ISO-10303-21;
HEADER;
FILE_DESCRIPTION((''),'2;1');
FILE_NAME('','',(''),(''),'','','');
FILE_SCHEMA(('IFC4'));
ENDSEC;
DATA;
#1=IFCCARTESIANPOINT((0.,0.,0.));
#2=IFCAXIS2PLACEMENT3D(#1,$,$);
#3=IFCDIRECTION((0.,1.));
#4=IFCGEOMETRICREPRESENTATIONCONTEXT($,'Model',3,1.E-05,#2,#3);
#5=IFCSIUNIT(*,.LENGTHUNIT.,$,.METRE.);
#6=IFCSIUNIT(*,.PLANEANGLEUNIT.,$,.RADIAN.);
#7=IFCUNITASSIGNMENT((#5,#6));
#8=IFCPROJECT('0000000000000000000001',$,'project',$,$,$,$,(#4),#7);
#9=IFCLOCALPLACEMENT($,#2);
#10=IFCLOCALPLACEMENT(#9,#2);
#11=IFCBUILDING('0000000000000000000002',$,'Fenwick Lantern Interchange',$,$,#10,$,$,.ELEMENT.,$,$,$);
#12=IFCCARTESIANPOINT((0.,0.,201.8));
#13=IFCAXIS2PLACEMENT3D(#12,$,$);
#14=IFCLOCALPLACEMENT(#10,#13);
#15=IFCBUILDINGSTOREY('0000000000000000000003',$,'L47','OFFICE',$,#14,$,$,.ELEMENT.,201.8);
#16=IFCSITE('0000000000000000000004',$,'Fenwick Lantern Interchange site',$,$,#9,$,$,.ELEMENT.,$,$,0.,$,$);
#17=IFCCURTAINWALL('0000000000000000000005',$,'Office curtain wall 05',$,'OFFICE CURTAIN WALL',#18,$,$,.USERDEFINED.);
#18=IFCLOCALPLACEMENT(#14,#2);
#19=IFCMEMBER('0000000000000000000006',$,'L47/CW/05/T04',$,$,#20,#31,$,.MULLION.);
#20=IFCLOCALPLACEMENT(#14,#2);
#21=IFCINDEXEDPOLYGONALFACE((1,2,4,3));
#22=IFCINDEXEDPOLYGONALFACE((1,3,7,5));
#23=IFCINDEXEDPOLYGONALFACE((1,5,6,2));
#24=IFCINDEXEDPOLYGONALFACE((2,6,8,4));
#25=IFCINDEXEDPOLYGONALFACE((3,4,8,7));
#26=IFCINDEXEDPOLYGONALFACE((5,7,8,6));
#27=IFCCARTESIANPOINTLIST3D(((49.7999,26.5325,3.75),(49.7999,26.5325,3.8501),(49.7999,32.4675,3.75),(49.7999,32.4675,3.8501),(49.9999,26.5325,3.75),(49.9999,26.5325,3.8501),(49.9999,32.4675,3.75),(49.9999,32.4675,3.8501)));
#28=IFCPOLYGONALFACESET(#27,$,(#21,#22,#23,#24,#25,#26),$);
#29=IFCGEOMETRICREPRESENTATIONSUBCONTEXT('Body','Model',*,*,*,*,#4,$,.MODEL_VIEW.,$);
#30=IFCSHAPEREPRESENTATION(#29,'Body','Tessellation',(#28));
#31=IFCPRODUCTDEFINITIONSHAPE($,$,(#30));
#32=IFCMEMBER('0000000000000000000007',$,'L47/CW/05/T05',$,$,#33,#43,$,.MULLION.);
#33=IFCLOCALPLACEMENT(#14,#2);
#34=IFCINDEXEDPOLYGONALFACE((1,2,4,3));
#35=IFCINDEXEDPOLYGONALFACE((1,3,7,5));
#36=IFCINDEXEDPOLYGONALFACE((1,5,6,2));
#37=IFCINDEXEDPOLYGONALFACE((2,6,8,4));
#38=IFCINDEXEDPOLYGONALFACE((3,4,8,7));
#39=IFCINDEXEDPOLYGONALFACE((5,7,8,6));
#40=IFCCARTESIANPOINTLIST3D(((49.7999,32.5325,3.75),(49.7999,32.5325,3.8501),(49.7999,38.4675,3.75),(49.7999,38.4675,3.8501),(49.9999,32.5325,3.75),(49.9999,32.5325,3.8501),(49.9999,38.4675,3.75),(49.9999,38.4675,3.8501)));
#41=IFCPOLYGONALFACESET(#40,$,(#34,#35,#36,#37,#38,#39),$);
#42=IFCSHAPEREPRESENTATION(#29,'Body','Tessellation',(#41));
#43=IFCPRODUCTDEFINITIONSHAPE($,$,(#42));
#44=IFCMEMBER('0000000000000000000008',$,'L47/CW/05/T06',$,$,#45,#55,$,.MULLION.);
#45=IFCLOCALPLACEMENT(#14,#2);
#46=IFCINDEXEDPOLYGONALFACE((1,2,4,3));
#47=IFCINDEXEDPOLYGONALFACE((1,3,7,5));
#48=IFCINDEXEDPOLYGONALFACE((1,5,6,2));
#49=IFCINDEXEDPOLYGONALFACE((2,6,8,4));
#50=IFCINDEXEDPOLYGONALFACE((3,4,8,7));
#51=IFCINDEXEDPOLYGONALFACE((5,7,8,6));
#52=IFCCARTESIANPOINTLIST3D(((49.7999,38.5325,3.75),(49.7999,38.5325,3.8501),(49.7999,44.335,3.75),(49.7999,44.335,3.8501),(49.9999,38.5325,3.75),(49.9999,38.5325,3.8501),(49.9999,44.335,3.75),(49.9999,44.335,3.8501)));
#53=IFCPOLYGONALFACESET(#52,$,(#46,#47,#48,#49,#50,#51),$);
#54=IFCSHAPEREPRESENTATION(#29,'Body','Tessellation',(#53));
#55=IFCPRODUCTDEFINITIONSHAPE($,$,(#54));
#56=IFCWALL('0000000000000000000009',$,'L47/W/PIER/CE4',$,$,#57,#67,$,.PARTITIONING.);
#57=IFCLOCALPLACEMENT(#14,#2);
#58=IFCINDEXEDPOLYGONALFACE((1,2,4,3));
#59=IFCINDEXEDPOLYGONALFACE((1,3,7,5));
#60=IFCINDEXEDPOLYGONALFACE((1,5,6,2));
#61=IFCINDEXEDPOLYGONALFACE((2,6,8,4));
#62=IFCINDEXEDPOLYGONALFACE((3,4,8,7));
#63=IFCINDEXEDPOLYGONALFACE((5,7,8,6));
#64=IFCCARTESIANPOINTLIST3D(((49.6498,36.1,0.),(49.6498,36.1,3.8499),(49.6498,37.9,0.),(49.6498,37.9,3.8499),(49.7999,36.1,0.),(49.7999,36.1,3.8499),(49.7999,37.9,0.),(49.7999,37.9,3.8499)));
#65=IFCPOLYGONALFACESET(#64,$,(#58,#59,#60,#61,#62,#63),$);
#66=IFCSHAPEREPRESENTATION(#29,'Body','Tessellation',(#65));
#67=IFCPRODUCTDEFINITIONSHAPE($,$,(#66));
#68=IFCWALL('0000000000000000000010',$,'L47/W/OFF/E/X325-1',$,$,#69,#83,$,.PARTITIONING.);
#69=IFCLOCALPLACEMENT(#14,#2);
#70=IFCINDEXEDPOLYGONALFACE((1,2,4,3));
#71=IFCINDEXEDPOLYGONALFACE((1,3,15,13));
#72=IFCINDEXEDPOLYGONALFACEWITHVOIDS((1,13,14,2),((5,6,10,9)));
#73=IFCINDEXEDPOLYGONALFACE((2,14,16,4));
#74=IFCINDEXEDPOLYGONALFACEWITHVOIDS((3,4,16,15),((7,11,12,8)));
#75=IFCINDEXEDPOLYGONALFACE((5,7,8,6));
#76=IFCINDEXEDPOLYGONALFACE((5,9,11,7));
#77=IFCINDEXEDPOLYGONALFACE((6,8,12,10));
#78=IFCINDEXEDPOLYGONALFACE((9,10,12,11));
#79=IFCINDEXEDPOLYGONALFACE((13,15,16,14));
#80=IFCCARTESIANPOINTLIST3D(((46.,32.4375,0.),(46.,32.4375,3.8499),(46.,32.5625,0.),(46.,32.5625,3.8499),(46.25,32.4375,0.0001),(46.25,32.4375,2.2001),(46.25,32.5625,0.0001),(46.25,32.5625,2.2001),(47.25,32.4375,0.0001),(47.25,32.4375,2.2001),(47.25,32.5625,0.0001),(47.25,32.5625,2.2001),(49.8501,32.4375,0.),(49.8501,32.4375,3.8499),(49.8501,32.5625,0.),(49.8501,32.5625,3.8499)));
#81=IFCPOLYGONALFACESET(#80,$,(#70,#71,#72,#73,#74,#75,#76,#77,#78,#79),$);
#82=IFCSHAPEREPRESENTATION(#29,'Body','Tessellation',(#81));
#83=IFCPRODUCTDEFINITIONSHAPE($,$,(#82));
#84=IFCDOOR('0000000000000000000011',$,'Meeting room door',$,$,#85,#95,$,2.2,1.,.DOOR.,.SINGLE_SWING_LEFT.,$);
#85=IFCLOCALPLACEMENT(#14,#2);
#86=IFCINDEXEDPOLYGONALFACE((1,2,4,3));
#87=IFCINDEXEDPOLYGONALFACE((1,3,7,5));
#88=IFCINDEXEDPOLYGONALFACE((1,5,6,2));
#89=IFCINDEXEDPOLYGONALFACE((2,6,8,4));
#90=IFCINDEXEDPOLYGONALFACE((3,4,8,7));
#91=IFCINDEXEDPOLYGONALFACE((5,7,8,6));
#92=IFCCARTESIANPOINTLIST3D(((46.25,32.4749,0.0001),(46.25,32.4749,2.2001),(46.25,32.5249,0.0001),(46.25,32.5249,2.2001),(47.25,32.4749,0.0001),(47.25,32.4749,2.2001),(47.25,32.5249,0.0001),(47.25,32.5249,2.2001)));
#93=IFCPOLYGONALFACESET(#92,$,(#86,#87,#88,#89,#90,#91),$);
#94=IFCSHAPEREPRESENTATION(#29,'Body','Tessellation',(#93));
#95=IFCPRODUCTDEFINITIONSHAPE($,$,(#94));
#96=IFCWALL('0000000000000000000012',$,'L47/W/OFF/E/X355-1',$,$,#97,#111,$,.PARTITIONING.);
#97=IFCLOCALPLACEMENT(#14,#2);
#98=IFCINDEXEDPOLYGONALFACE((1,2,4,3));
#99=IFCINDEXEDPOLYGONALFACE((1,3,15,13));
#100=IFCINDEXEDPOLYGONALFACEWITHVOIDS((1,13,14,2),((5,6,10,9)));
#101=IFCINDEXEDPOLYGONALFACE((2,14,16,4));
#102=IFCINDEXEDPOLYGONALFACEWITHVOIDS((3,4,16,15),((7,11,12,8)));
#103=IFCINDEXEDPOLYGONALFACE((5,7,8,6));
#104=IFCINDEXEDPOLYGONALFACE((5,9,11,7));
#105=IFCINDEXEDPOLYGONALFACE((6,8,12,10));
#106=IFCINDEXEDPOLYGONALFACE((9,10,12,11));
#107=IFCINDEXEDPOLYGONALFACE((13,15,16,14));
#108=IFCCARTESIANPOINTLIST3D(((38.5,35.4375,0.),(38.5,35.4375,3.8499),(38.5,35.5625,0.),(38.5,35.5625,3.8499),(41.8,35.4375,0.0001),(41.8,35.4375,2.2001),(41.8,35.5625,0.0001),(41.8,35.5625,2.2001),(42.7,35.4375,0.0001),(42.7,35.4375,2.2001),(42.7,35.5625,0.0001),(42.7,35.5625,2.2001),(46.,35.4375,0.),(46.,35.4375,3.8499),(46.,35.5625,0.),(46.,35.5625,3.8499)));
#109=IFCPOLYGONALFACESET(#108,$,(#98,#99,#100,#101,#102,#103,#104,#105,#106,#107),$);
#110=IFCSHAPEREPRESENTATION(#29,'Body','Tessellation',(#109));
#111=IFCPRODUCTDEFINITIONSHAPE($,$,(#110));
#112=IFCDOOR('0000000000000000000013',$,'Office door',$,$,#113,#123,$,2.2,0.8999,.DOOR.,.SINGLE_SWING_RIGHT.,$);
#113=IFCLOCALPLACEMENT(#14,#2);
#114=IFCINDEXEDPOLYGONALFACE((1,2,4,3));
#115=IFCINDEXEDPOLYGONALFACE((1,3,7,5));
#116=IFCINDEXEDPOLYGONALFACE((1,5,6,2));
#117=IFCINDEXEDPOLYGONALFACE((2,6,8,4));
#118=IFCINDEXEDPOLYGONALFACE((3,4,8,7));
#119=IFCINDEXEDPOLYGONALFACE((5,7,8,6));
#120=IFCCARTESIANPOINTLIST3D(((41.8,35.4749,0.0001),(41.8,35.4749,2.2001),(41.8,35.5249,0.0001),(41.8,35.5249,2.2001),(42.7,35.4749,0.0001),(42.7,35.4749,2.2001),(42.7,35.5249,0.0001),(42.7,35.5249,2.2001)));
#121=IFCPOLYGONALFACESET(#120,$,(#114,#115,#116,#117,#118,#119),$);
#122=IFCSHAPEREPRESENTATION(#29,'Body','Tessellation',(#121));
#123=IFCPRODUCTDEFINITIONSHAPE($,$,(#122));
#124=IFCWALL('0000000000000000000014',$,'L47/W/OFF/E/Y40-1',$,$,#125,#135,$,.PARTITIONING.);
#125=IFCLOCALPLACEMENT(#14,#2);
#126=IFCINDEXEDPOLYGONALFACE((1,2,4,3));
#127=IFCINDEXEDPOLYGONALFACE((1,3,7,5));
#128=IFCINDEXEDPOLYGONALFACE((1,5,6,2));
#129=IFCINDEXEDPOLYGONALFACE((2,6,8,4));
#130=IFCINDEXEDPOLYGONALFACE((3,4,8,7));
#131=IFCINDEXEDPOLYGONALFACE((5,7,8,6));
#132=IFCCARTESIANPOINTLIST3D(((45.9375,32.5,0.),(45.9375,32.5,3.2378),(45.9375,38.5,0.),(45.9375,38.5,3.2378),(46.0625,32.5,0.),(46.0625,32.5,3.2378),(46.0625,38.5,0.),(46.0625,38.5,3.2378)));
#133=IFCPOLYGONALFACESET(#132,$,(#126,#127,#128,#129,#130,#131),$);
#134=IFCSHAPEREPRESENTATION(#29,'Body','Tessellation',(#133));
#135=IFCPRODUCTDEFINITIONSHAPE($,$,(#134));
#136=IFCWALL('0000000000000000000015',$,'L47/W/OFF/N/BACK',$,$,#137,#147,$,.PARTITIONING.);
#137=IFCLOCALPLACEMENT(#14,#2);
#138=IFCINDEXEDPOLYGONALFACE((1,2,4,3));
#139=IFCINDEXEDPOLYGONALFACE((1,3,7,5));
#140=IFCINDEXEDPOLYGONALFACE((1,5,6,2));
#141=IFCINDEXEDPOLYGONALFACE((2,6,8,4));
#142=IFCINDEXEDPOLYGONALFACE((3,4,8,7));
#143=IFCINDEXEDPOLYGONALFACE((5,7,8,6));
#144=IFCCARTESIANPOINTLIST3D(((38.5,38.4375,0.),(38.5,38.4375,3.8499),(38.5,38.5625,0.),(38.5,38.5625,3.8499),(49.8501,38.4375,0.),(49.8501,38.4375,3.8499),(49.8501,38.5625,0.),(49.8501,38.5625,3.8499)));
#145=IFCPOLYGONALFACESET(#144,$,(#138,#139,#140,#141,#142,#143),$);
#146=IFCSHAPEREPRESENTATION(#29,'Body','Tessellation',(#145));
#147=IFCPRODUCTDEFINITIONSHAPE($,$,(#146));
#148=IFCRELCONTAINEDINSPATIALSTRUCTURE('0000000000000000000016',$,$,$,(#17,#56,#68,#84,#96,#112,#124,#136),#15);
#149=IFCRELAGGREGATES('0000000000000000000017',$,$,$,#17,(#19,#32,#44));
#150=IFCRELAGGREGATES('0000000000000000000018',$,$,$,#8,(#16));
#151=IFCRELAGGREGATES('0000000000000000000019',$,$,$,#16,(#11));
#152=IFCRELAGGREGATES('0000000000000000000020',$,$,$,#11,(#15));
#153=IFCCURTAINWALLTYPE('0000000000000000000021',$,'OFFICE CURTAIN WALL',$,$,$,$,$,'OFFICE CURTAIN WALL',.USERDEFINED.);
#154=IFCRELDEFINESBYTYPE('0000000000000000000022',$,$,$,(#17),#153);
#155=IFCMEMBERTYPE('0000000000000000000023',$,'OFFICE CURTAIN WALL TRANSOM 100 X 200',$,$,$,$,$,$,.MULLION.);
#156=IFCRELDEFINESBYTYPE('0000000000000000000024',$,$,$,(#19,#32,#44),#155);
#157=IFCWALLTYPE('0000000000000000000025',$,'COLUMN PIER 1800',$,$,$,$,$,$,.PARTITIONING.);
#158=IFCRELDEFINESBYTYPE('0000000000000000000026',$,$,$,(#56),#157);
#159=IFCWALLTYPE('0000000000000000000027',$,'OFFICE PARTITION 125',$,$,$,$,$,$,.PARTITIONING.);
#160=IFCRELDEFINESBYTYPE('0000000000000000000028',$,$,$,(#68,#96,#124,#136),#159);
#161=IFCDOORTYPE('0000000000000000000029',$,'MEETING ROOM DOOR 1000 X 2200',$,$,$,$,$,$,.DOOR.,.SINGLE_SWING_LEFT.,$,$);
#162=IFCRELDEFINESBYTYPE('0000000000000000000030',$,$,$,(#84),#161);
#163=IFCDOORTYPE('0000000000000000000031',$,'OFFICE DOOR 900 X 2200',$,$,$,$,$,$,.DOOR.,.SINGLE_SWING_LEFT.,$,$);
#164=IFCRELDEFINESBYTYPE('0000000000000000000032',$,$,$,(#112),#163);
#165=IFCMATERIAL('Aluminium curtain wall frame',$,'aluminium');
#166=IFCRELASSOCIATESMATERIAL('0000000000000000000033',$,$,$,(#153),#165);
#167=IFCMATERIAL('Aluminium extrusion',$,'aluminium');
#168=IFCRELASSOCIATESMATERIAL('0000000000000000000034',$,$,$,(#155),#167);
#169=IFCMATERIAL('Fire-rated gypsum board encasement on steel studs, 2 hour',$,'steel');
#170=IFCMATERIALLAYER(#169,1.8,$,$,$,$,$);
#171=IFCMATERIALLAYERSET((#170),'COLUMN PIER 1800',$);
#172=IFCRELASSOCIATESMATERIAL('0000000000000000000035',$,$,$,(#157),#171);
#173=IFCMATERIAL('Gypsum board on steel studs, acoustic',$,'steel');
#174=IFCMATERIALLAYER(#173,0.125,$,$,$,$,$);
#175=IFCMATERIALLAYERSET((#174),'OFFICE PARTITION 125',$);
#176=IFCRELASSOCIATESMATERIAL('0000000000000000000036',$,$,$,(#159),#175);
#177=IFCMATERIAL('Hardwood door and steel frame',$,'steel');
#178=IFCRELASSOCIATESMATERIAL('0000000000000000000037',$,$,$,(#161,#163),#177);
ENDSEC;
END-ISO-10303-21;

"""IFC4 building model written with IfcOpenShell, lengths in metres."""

from ifc_helpers import new_model, si_unit, direction, frame, frame_2d, origin, origin_2d, place, context, subcontext, project, spatial, rectangle, extrude, material, layer, layer_set, material_profile, profile_set, type_object, element, fill, aggregate, save


model = new_model("IFC4")

# Units and contexts
model_context = context("Model", 3, precision=1e-05, world=origin(), true_north=direction((0.0, 1.0)))
body_context = subcontext(model_context, "Body", "Model", "MODEL_VIEW")
ifc_project = project(units=[si_unit("LENGTHUNIT", "METRE"), si_unit("PLANEANGLEUNIT", "RADIAN")], contexts=[model_context])

# Site, building, storey
site_placement = place(None, origin())
site = spatial("IfcSite", under=ifc_project, at=site_placement, Name="Fenwick Lantern Interchange site", CompositionType="ELEMENT", RefElevation=0.0)
building_placement = place(site_placement, origin())
building = spatial("IfcBuilding", under=site, at=building_placement, Name="Fenwick Lantern Interchange", CompositionType="ELEMENT")
storey_placement = place(building_placement, frame((0.0, 0.0, 201.8)))
storey = spatial("IfcBuildingStorey", under=building, at=storey_placement, Name="L47", Description="OFFICE", CompositionType="ELEMENT", Elevation=201.8)

# Curtain wall
ifc_material_1 = material(Name="Aluminium curtain wall frame", Category="aluminium")
curtain_wall_type = type_object("IfcCurtainWallType", Name="OFFICE CURTAIN WALL", ElementType="OFFICE CURTAIN WALL", PredefinedType="USERDEFINED", material=ifc_material_1)
curtain_wall_1_placement = place(storey_placement, origin())
curtain_wall_1 = element("IfcCurtainWall", 1, at=curtain_wall_1_placement, inside=storey, type_object=curtain_wall_type, Name="Office curtain wall 05", ObjectType="OFFICE CURTAIN WALL", PredefinedType="USERDEFINED")
ifc_material_2 = material(Name="Aluminium extrusion", Category="aluminium")

# Members
ifc_material_profile_1 = material_profile(ifc_material_2, rectangle(XDim=0.2, YDim=0.1001, at=origin_2d()), Name="OFFICE CURTAIN WALL TRANSOM 100 X 200")
ifc_profile_set_1 = profile_set([ifc_material_profile_1], Name="Aluminium extrusion")
member_type_1 = type_object("IfcMemberType", Name="OFFICE CURTAIN WALL TRANSOM 100 X 200", PredefinedType="MULLION", material=ifc_profile_set_1)
member_1_placement = place(storey_placement, frame((49.8999, 26.5325, 3.8), z_axis=(0.0, 1.0, 0.0), x_axis=(-1.0, 0.0, 0.0)))
member_1 = element("IfcMember", 2, at=member_1_placement, type_object=member_type_1, Name="L47/CW/05/T04", PredefinedType="MULLION", context=body_context, shape_type="SweptSolid", body=[
    extrude(rectangle(XDim=0.2, YDim=0.1001, at=origin_2d()), origin(), (0.0, 0.0, 1.0), 5.9351),
])
member_2_placement = place(storey_placement, frame((49.8999, 32.5325, 3.8), z_axis=(0.0, 1.0, 0.0), x_axis=(-1.0, 0.0, 0.0)))
member_2 = element("IfcMember", 3, at=member_2_placement, type_object=member_type_1, Name="L47/CW/05/T05", PredefinedType="MULLION", context=body_context, shape_type="SweptSolid", body=[
    extrude(rectangle(XDim=0.2, YDim=0.1001, at=origin_2d()), origin(), (0.0, 0.0, 1.0), 5.9351),
])
member_3_placement = place(storey_placement, frame((49.8999, 38.5325, 3.8), z_axis=(0.0, 1.0, 0.0), x_axis=(-1.0, 0.0, 0.0)))
member_3 = element("IfcMember", 4, at=member_3_placement, type_object=member_type_1, Name="L47/CW/05/T06", PredefinedType="MULLION", context=body_context, shape_type="SweptSolid", body=[
    extrude(rectangle(XDim=0.2, YDim=0.1001, at=origin_2d()), origin(), (0.0, 0.0, 1.0), 5.8025),
])
aggregate(curtain_wall_1, [member_1, member_2, member_3])

# Wall
ifc_material_3 = material(Name="Fire-rated gypsum board encasement on steel studs, 2 hour", Category="steel")
ifc_layer_1 = layer(ifc_material_3, 1.8)
ifc_layer_set_1 = layer_set([ifc_layer_1], Name="COLUMN PIER 1800")
wall_type_1 = type_object("IfcWallType", Name="COLUMN PIER 1800", PredefinedType="PARTITIONING", material=ifc_layer_set_1)
wall_1_placement = place(storey_placement, frame((49.8, 37.0, 0.0), z_axis=(0.0, 0.0, 1.0), x_axis=(-1.0, 0.0, 0.0)))
element("IfcWall", 5, at=wall_1_placement, inside=storey, type_object=wall_type_1, Name="L47/W/PIER/CE4", PredefinedType="PARTITIONING", context=body_context, shape_type="SweptSolid", body=[
    extrude(rectangle(XDim=0.1501, YDim=1.8, at=frame_2d((0.0752, 0.0))), origin(), (0.0, 0.0, 1.0), 3.8499),
])

# Walls, openings, doors
ifc_material_4 = material(Name="Gypsum board on steel studs, acoustic", Category="steel")
ifc_layer_2 = layer(ifc_material_4, 0.125)
ifc_layer_set_2 = layer_set([ifc_layer_2], Name="OFFICE PARTITION 125")
wall_type_2 = type_object("IfcWallType", Name="OFFICE PARTITION 125", PredefinedType="PARTITIONING", material=ifc_layer_set_2)
wall_2_placement = place(storey_placement, frame((49.8501, 32.5, 0.0), z_axis=(0.0, 0.0, 1.0), x_axis=(-1.0, 0.0, 0.0)))
wall_2 = element("IfcWall", 6, at=wall_2_placement, inside=storey, type_object=wall_type_2, Name="L47/W/OFF/E/X325-1", PredefinedType="PARTITIONING", context=body_context, shape_type="SweptSolid", body=[
    extrude(rectangle(XDim=3.8501, YDim=0.125, at=frame_2d((1.925, 0.0))), origin(), (0.0, 0.0, 1.0), 3.8499),
])
opening_1_placement = place(wall_2_placement, frame((2.6001, 0.0, 0.0)))
opening_1 = element("IfcOpeningElement", 7, at=opening_1_placement, cuts=wall_2, PredefinedType="OPENING", context=body_context, shape_type="SweptSolid", body=[
    extrude(rectangle(XDim=1.0, YDim=2.2, at=frame_2d((0.5, 1.1001))), frame((0.0, 0.0725, 0.0), z_axis=(0.0, -1.0, 0.0), x_axis=(1.0, 0.0, 0.0)), (0.0, 0.0, 1.0), 0.145),
])
ifc_material_5 = material(Name="Hardwood door and steel frame", Category="steel")
door_type_1 = type_object("IfcDoorType", Name="MEETING ROOM DOOR 1000 X 2200", OperationType="SINGLE_SWING_LEFT", PredefinedType="DOOR", material=ifc_material_5)
door_1_placement = place(opening_1_placement, frame((1.0, 0.0, 0.0), z_axis=(0.0, 0.0, 1.0), x_axis=(-1.0, 0.0, 0.0)))
door_1 = element("IfcDoor", 8, at=door_1_placement, inside=storey, type_object=door_type_1, Name="Meeting room door", OperationType="SINGLE_SWING_LEFT", OverallHeight=2.2, OverallWidth=1.0, PredefinedType="DOOR", context=body_context, shape_type="SweptSolid", body=[
    extrude(rectangle(XDim=1.0, YDim=2.2, at=frame_2d((0.5, 1.1001))), frame((0.0, 0.0249, 0.0), z_axis=(0.0, -1.0, 0.0), x_axis=(1.0, 0.0, 0.0)), (0.0, 0.0, 1.0), 0.05),
])
fill(opening_1, door_1)
wall_3_placement = place(storey_placement, frame((46.0, 35.5, 0.0), z_axis=(0.0, 0.0, 1.0), x_axis=(-1.0, 0.0, 0.0)))
wall_3 = element("IfcWall", 9, at=wall_3_placement, inside=storey, type_object=wall_type_2, Name="L47/W/OFF/E/X355-1", PredefinedType="PARTITIONING", context=body_context, shape_type="SweptSolid", body=[
    extrude(rectangle(XDim=7.5, YDim=0.125, at=frame_2d((3.75, 0.0))), origin(), (0.0, 0.0, 1.0), 3.8499),
])
opening_2_placement = place(wall_3_placement, frame((3.3, 0.0, 0.0)))
opening_2 = element("IfcOpeningElement", 10, at=opening_2_placement, cuts=wall_3, PredefinedType="OPENING", context=body_context, shape_type="SweptSolid", body=[
    extrude(rectangle(XDim=0.8999, YDim=2.2, at=frame_2d((0.45, 1.1001))), frame((0.0, 0.0725, 0.0), z_axis=(0.0, -1.0, 0.0), x_axis=(1.0, 0.0, 0.0)), (0.0, 0.0, 1.0), 0.145),
])
door_type_2 = type_object("IfcDoorType", Name="OFFICE DOOR 900 X 2200", OperationType="SINGLE_SWING_LEFT", PredefinedType="DOOR", material=ifc_material_5)
door_2_placement = place(opening_2_placement, frame((0.8999, 0.0, 0.0), z_axis=(0.0, 0.0, 1.0), x_axis=(-1.0, 0.0, 0.0)))
door_2 = element("IfcDoor", 11, at=door_2_placement, inside=storey, type_object=door_type_2, Name="Office door", OperationType="SINGLE_SWING_RIGHT", OverallHeight=2.2, OverallWidth=0.8999, PredefinedType="DOOR", context=body_context, shape_type="SweptSolid", body=[
    extrude(rectangle(XDim=0.8999, YDim=2.2, at=frame_2d((0.45, 1.1001))), frame((0.0, 0.0249, 0.0), z_axis=(0.0, -1.0, 0.0), x_axis=(1.0, 0.0, 0.0)), (0.0, 0.0, 1.0), 0.05),
])
fill(opening_2, door_2)

# Walls
wall_4_placement = place(storey_placement, frame((46.0, 32.5, 0.0), z_axis=(0.0, 0.0, 1.0), x_axis=(0.0, 1.0, 0.0)))
element("IfcWall", 12, at=wall_4_placement, inside=storey, type_object=wall_type_2, Name="L47/W/OFF/E/Y40-1", PredefinedType="PARTITIONING", context=body_context, shape_type="SweptSolid", body=[
    extrude(rectangle(XDim=6.0, YDim=0.125, at=frame_2d((3.0, 0.0))), origin(), (0.0, 0.0, 1.0), 3.2378),
])
wall_5_placement = place(storey_placement, frame((49.8501, 38.5, 0.0), z_axis=(0.0, 0.0, 1.0), x_axis=(-1.0, 0.0, 0.0)))
element("IfcWall", 13, at=wall_5_placement, inside=storey, type_object=wall_type_2, Name="L47/W/OFF/N/BACK", PredefinedType="PARTITIONING", context=body_context, shape_type="SweptSolid", body=[
    extrude(rectangle(XDim=11.3501, YDim=0.125, at=frame_2d((5.675, 0.0))), origin(), (0.0, 0.0, 1.0), 3.8499),
])

save(model, "model.ifc")
